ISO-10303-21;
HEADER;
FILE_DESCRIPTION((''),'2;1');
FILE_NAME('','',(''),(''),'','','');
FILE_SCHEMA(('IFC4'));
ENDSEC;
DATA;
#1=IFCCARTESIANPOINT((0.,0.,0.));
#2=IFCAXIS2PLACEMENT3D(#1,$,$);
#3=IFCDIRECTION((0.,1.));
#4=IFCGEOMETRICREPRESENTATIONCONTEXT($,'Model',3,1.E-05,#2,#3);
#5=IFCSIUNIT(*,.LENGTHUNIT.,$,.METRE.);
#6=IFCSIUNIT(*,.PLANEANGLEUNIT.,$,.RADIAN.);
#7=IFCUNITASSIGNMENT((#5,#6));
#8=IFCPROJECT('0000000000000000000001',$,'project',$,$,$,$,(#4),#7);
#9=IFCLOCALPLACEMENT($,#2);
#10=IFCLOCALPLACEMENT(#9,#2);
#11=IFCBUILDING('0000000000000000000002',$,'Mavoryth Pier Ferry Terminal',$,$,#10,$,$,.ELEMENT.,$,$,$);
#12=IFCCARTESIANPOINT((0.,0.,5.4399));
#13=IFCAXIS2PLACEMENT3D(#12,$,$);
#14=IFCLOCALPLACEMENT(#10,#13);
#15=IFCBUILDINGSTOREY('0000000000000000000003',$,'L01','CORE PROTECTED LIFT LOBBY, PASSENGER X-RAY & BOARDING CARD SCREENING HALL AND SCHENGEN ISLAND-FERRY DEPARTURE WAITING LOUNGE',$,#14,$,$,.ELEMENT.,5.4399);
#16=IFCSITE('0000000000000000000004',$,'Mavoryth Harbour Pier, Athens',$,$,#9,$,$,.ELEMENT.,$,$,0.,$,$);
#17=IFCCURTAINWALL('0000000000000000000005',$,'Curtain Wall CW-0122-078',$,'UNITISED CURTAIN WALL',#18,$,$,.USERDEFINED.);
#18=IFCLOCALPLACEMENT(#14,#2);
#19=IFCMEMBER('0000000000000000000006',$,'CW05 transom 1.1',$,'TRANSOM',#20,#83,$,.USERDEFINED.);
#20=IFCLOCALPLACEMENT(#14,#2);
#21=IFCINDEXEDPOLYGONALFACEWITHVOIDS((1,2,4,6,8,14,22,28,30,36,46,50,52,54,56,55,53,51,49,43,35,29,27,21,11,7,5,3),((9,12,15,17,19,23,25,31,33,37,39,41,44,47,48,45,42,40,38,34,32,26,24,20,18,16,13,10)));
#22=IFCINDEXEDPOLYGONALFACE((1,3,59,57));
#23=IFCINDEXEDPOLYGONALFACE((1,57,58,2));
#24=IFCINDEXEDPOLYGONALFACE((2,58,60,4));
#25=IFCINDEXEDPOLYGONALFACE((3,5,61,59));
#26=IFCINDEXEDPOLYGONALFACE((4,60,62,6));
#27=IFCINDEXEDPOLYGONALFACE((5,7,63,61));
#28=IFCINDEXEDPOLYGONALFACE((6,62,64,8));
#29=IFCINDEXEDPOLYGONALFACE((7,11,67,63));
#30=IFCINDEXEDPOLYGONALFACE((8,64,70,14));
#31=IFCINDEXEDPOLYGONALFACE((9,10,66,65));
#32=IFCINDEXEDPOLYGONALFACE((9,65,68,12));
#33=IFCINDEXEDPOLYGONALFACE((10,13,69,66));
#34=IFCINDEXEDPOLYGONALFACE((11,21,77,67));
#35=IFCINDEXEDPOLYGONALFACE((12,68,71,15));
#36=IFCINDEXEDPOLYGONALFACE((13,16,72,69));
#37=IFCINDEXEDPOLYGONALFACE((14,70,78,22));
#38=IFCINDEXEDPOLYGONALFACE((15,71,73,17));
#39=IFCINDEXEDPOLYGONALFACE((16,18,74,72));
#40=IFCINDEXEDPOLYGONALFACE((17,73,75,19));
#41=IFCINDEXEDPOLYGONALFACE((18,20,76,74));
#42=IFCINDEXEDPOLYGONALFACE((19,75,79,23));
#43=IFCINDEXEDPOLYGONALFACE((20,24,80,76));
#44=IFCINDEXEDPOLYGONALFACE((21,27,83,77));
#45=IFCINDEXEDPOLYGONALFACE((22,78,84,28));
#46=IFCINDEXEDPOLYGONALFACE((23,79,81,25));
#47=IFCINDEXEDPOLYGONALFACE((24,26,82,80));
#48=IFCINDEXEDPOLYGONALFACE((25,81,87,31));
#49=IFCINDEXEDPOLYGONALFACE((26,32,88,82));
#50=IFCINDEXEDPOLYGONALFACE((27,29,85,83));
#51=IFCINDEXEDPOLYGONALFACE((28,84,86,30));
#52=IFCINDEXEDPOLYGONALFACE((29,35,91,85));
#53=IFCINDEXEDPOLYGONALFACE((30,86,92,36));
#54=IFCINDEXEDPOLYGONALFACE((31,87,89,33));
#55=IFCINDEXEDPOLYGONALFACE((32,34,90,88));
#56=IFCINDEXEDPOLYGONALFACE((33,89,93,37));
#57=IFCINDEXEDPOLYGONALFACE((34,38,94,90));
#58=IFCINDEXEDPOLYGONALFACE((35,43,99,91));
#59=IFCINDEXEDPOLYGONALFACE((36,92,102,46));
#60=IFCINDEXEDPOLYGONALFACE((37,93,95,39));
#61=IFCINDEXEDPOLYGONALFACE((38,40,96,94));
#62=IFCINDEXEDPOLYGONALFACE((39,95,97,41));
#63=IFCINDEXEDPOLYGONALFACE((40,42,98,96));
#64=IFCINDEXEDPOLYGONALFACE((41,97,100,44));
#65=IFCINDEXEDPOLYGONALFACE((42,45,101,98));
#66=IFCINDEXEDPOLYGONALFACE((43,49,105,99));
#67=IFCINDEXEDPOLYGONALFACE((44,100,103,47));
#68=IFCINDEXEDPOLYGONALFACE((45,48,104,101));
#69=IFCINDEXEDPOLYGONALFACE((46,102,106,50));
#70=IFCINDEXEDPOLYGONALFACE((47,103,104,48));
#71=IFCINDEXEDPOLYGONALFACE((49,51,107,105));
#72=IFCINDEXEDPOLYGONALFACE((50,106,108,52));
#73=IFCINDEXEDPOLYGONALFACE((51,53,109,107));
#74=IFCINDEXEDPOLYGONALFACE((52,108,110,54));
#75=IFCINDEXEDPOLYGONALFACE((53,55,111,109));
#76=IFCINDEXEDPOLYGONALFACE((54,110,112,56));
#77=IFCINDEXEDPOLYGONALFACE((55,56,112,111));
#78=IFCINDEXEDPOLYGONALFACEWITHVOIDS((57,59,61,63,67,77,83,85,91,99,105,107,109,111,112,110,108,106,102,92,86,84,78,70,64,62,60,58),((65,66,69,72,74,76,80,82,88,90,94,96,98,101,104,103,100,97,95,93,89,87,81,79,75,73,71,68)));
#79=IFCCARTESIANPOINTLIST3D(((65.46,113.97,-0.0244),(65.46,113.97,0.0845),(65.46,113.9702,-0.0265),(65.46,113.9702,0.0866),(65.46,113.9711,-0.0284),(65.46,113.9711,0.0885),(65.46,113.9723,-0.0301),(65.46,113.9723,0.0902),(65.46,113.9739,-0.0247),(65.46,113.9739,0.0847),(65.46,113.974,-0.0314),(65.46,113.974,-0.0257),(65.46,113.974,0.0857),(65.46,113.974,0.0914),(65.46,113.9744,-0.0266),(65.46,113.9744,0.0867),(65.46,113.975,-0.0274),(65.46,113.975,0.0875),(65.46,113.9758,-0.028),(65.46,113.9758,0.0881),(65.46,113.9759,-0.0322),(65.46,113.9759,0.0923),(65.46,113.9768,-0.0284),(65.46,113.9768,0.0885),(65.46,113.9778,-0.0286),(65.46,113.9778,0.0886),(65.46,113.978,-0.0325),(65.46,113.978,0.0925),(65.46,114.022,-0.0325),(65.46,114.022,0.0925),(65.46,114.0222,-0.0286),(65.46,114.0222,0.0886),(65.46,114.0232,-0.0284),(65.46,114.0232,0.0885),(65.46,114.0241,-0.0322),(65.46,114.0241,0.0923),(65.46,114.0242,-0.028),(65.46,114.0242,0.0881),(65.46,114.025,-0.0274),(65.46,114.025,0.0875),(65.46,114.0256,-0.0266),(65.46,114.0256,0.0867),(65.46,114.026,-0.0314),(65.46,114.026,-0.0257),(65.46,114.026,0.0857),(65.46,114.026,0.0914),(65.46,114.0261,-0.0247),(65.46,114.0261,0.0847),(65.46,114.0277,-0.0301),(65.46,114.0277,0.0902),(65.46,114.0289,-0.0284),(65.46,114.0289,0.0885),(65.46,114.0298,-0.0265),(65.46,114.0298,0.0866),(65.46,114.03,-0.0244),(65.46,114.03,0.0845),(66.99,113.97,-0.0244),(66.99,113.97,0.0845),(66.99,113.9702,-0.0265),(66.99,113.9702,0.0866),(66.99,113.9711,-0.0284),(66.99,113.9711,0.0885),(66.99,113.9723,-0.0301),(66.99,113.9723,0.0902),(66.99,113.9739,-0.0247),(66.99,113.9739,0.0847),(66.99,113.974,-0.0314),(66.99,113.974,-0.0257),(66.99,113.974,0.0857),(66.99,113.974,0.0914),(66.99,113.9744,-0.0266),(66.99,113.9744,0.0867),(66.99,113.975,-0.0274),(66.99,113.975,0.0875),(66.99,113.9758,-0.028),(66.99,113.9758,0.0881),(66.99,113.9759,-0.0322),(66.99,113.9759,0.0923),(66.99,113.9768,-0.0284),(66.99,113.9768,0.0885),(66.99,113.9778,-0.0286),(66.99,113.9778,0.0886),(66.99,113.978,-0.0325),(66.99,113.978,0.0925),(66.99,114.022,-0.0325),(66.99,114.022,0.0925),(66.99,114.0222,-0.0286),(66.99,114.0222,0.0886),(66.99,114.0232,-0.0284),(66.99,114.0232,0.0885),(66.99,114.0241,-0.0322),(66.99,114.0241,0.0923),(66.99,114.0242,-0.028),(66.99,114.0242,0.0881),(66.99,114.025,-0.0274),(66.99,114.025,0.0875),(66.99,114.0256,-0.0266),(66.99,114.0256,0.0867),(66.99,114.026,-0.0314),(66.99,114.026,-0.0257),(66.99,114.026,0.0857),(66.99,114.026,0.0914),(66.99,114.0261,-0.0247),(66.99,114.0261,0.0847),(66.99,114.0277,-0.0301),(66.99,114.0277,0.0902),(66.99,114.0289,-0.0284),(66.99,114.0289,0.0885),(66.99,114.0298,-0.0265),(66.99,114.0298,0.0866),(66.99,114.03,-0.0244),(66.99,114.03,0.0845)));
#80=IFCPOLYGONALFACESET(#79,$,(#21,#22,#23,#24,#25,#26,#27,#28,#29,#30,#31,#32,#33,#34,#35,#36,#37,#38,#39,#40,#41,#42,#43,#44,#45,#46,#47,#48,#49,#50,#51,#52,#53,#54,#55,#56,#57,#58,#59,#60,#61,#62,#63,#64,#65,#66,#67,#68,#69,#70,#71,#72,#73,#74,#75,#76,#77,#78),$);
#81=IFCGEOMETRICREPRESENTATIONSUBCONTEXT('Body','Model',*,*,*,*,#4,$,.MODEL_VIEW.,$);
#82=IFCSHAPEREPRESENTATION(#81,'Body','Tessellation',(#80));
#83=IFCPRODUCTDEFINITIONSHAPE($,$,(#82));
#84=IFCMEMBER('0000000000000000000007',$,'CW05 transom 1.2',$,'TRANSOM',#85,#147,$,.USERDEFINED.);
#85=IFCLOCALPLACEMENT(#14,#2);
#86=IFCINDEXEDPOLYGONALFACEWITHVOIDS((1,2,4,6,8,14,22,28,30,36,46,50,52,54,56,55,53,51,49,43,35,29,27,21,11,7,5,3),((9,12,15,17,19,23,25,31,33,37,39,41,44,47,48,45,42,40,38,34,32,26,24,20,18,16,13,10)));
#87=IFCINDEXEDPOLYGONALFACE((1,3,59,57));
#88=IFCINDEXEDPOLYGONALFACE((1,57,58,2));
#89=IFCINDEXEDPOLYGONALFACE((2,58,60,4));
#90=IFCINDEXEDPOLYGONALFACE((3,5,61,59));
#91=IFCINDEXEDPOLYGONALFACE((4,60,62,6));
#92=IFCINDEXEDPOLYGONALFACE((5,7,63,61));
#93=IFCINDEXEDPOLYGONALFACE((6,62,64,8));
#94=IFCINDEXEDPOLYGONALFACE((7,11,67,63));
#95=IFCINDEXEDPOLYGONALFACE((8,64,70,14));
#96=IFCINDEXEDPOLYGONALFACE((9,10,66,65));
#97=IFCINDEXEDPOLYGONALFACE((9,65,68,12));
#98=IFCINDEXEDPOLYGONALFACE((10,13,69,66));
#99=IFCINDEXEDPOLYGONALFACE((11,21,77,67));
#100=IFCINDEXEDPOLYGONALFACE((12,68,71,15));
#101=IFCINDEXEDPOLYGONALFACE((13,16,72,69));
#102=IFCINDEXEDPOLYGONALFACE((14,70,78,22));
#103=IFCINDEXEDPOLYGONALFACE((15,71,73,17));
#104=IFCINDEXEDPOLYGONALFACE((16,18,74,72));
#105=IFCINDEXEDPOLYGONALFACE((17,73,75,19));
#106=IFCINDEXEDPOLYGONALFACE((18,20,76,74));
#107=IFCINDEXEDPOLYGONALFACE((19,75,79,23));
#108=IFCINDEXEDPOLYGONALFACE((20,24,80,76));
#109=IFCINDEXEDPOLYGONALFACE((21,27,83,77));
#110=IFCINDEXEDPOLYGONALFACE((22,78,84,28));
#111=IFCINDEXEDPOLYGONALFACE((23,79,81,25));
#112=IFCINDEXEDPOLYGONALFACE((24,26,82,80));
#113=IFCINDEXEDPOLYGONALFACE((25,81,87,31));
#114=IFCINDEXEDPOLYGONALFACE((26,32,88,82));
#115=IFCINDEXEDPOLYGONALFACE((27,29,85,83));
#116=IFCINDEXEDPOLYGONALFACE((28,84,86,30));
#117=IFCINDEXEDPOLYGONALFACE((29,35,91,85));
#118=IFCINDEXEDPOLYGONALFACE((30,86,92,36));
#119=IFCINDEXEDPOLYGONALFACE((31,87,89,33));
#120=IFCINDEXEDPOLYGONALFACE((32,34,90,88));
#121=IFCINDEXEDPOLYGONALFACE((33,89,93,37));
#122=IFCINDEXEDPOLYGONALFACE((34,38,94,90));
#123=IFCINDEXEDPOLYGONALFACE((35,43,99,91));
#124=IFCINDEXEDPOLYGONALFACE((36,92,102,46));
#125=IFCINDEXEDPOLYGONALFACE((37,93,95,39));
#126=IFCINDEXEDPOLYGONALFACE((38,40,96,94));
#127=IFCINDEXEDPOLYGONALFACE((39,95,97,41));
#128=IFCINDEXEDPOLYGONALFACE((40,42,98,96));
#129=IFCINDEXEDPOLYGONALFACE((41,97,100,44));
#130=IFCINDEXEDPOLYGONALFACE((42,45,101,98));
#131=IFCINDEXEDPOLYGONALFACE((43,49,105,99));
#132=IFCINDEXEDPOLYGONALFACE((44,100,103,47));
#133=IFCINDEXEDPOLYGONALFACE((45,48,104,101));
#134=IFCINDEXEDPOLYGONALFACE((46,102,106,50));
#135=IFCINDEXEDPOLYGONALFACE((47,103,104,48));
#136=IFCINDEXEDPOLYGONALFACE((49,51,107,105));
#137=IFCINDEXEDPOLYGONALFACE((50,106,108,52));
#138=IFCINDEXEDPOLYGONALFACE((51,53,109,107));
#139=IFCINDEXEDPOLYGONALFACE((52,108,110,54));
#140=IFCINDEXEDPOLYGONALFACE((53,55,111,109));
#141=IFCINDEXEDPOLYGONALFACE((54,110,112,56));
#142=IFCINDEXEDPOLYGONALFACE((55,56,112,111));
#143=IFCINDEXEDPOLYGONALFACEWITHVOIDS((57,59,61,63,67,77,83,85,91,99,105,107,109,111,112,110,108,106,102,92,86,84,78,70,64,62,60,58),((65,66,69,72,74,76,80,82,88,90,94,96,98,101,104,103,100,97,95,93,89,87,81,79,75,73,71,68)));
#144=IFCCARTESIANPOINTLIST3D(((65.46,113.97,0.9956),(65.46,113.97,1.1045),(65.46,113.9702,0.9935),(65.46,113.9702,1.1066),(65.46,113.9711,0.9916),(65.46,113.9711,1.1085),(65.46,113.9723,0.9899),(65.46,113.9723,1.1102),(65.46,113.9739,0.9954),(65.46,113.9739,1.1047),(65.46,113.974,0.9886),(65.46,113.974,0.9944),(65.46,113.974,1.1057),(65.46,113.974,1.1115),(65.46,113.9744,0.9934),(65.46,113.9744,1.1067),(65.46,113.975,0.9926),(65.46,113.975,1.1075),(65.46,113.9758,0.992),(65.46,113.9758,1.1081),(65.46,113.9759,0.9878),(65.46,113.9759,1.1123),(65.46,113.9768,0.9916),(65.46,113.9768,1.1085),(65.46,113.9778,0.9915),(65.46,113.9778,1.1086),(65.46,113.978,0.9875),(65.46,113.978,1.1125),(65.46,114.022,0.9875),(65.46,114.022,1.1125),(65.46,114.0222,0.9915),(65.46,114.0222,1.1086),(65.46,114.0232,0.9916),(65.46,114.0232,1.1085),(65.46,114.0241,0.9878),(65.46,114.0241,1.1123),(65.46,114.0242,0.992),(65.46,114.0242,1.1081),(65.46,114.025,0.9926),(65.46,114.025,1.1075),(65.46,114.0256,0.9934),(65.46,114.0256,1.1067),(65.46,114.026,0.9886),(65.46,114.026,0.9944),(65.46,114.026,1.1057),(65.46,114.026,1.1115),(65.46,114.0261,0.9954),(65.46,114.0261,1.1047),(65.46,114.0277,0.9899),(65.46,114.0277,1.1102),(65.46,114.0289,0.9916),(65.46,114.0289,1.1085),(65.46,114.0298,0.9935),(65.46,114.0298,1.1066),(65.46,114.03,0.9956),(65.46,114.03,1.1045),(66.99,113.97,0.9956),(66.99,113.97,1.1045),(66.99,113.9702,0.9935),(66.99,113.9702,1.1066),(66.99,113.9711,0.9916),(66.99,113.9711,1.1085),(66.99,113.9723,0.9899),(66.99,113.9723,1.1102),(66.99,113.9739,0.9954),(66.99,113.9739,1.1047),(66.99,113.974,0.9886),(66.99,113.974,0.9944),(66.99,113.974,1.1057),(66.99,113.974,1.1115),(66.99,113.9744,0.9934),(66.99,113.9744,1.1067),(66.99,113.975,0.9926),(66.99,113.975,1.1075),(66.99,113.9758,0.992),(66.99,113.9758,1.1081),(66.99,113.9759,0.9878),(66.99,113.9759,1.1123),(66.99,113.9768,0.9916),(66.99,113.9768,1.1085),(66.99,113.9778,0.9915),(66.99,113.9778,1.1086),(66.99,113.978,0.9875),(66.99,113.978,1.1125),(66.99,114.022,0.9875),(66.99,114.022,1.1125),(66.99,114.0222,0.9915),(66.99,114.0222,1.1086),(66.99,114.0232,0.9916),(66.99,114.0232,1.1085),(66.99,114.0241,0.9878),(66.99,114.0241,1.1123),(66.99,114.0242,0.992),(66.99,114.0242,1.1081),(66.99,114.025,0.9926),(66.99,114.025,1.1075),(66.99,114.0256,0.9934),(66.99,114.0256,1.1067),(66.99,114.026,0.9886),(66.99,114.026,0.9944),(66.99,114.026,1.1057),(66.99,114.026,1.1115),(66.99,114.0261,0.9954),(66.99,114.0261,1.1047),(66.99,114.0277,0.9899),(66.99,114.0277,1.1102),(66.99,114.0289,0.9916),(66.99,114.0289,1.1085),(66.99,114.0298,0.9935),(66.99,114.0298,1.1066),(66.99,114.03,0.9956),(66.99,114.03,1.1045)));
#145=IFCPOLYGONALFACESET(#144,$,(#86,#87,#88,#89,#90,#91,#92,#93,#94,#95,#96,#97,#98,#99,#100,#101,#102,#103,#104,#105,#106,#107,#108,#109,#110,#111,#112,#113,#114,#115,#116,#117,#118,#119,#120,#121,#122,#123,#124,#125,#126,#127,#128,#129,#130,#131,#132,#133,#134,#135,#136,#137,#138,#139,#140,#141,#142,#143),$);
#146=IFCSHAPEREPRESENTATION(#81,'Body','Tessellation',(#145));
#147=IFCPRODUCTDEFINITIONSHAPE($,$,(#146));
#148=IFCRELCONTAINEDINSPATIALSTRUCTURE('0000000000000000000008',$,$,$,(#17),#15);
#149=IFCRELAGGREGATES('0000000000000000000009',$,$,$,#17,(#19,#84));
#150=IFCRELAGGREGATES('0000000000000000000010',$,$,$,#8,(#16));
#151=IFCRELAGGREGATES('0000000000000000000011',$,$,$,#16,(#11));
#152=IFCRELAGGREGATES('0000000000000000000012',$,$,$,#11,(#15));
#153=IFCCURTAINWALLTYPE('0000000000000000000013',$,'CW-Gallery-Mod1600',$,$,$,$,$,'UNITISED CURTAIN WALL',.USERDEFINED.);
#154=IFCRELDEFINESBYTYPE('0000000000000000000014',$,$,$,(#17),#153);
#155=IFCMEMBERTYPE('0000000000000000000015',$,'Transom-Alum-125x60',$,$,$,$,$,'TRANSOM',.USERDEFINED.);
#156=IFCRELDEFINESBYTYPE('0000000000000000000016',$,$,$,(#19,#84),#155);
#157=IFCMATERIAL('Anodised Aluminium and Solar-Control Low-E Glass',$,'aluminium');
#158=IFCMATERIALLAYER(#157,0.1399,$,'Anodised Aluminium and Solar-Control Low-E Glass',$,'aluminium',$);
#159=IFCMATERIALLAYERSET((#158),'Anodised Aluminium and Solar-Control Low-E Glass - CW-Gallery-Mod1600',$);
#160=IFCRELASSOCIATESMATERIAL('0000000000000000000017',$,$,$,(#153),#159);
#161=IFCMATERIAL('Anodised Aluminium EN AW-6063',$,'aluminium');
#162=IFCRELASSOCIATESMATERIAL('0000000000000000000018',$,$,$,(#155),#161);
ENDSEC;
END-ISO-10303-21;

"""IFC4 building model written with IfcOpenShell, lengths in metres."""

from ifc_helpers import new_model, si_unit, direction, frame, origin, origin_2d, place, context, subcontext, project, spatial, hollow_rectangle, extrude, material, layer, layer_set, material_profile, profile_set, type_object, element, aggregate, save


model = new_model("IFC4")

# Units and contexts
model_context = context("Model", 3, precision=1e-05, world=origin(), true_north=direction((0.0, 1.0)))
body_context = subcontext(model_context, "Body", "Model", "MODEL_VIEW")
ifc_project = project(units=[si_unit("LENGTHUNIT", "METRE"), si_unit("PLANEANGLEUNIT", "RADIAN")], contexts=[model_context])

# Site, building, storey
site_placement = place(None, origin())
site = spatial("IfcSite", under=ifc_project, at=site_placement, Name="Mavoryth Harbour Pier, Athens", CompositionType="ELEMENT", RefElevation=0.0)
building_placement = place(site_placement, origin())
building = spatial("IfcBuilding", under=site, at=building_placement, Name="Mavoryth Pier Ferry Terminal", CompositionType="ELEMENT")
storey_placement = place(building_placement, frame((0.0, 0.0, 5.4399)))
storey = spatial("IfcBuildingStorey", under=building, at=storey_placement, Name="L01", Description="CORE PROTECTED LIFT LOBBY, PASSENGER X-RAY & BOARDING CARD SCREENING HALL AND SCHENGEN ISLAND-FERRY DEPARTURE WAITING LOUNGE", CompositionType="ELEMENT", Elevation=5.4399)

# Curtain wall
ifc_material_1 = material(Name="Anodised Aluminium and Solar-Control Low-E Glass", Category="aluminium")
ifc_layer_1 = layer(ifc_material_1, 0.1399, Name="Anodised Aluminium and Solar-Control Low-E Glass", Category="aluminium")
ifc_layer_set_1 = layer_set([ifc_layer_1], Name="Anodised Aluminium and Solar-Control Low-E Glass - CW-Gallery-Mod1600")
curtain_wall_type = type_object("IfcCurtainWallType", Name="CW-Gallery-Mod1600", ElementType="UNITISED CURTAIN WALL", PredefinedType="USERDEFINED", material=ifc_layer_set_1)
curtain_wall_placement = place(storey_placement, origin())
curtain_wall = element("IfcCurtainWall", 1, at=curtain_wall_placement, inside=storey, type_object=curtain_wall_type, Name="Curtain Wall CW-0122-078", ObjectType="UNITISED CURTAIN WALL", PredefinedType="USERDEFINED")
ifc_material_2 = material(Name="Anodised Aluminium EN AW-6063", Category="aluminium")

# Members
ifc_material_profile_1 = material_profile(ifc_material_2, hollow_rectangle(XDim=0.0601, YDim=0.125, WallThickness=0.0039, InnerFilletRadius=0.0039, OuterFilletRadius=0.0081, at=origin_2d()), Name="AL-TRAN 125x60x4", Category="aluminium")
ifc_profile_set_1 = profile_set([ifc_material_profile_1], Name="Anodised Aluminium EN AW-6063 - AL-TRAN 125x60x4")
member_type_1 = type_object("IfcMemberType", Name="Transom-Alum-125x60", ElementType="TRANSOM", PredefinedType="USERDEFINED", material=ifc_profile_set_1)
member_1_placement = place(storey_placement, frame((66.99, 114.0, 0.03), z_axis=(-1.0, 0.0, 0.0), x_axis=(0.0, -1.0, 0.0)))
member_1 = element("IfcMember", 2, at=member_1_placement, type_object=member_type_1, Name="CW05 transom 1.1", ObjectType="TRANSOM", PredefinedType="USERDEFINED", context=body_context, shape_type="SweptSolid", body=[
    extrude(hollow_rectangle(XDim=0.0601, YDim=0.125, WallThickness=0.0039, InnerFilletRadius=0.0039, OuterFilletRadius=0.0081, at=origin_2d()), origin(), (0.0, 0.0, 1.0), 1.53),
])
member_2_placement = place(storey_placement, frame((66.99, 114.0, 1.05), z_axis=(-1.0, 0.0, 0.0), x_axis=(0.0, -1.0, 0.0)))
member_2 = element("IfcMember", 3, at=member_2_placement, type_object=member_type_1, Name="CW05 transom 1.2", ObjectType="TRANSOM", PredefinedType="USERDEFINED", context=body_context, shape_type="SweptSolid", body=[
    extrude(hollow_rectangle(XDim=0.0601, YDim=0.125, WallThickness=0.0039, InnerFilletRadius=0.0039, OuterFilletRadius=0.0081, at=origin_2d()), origin(), (0.0, 0.0, 1.0), 1.53),
])

aggregate(curtain_wall, [member_1, member_2])

save(model, "model.ifc")
